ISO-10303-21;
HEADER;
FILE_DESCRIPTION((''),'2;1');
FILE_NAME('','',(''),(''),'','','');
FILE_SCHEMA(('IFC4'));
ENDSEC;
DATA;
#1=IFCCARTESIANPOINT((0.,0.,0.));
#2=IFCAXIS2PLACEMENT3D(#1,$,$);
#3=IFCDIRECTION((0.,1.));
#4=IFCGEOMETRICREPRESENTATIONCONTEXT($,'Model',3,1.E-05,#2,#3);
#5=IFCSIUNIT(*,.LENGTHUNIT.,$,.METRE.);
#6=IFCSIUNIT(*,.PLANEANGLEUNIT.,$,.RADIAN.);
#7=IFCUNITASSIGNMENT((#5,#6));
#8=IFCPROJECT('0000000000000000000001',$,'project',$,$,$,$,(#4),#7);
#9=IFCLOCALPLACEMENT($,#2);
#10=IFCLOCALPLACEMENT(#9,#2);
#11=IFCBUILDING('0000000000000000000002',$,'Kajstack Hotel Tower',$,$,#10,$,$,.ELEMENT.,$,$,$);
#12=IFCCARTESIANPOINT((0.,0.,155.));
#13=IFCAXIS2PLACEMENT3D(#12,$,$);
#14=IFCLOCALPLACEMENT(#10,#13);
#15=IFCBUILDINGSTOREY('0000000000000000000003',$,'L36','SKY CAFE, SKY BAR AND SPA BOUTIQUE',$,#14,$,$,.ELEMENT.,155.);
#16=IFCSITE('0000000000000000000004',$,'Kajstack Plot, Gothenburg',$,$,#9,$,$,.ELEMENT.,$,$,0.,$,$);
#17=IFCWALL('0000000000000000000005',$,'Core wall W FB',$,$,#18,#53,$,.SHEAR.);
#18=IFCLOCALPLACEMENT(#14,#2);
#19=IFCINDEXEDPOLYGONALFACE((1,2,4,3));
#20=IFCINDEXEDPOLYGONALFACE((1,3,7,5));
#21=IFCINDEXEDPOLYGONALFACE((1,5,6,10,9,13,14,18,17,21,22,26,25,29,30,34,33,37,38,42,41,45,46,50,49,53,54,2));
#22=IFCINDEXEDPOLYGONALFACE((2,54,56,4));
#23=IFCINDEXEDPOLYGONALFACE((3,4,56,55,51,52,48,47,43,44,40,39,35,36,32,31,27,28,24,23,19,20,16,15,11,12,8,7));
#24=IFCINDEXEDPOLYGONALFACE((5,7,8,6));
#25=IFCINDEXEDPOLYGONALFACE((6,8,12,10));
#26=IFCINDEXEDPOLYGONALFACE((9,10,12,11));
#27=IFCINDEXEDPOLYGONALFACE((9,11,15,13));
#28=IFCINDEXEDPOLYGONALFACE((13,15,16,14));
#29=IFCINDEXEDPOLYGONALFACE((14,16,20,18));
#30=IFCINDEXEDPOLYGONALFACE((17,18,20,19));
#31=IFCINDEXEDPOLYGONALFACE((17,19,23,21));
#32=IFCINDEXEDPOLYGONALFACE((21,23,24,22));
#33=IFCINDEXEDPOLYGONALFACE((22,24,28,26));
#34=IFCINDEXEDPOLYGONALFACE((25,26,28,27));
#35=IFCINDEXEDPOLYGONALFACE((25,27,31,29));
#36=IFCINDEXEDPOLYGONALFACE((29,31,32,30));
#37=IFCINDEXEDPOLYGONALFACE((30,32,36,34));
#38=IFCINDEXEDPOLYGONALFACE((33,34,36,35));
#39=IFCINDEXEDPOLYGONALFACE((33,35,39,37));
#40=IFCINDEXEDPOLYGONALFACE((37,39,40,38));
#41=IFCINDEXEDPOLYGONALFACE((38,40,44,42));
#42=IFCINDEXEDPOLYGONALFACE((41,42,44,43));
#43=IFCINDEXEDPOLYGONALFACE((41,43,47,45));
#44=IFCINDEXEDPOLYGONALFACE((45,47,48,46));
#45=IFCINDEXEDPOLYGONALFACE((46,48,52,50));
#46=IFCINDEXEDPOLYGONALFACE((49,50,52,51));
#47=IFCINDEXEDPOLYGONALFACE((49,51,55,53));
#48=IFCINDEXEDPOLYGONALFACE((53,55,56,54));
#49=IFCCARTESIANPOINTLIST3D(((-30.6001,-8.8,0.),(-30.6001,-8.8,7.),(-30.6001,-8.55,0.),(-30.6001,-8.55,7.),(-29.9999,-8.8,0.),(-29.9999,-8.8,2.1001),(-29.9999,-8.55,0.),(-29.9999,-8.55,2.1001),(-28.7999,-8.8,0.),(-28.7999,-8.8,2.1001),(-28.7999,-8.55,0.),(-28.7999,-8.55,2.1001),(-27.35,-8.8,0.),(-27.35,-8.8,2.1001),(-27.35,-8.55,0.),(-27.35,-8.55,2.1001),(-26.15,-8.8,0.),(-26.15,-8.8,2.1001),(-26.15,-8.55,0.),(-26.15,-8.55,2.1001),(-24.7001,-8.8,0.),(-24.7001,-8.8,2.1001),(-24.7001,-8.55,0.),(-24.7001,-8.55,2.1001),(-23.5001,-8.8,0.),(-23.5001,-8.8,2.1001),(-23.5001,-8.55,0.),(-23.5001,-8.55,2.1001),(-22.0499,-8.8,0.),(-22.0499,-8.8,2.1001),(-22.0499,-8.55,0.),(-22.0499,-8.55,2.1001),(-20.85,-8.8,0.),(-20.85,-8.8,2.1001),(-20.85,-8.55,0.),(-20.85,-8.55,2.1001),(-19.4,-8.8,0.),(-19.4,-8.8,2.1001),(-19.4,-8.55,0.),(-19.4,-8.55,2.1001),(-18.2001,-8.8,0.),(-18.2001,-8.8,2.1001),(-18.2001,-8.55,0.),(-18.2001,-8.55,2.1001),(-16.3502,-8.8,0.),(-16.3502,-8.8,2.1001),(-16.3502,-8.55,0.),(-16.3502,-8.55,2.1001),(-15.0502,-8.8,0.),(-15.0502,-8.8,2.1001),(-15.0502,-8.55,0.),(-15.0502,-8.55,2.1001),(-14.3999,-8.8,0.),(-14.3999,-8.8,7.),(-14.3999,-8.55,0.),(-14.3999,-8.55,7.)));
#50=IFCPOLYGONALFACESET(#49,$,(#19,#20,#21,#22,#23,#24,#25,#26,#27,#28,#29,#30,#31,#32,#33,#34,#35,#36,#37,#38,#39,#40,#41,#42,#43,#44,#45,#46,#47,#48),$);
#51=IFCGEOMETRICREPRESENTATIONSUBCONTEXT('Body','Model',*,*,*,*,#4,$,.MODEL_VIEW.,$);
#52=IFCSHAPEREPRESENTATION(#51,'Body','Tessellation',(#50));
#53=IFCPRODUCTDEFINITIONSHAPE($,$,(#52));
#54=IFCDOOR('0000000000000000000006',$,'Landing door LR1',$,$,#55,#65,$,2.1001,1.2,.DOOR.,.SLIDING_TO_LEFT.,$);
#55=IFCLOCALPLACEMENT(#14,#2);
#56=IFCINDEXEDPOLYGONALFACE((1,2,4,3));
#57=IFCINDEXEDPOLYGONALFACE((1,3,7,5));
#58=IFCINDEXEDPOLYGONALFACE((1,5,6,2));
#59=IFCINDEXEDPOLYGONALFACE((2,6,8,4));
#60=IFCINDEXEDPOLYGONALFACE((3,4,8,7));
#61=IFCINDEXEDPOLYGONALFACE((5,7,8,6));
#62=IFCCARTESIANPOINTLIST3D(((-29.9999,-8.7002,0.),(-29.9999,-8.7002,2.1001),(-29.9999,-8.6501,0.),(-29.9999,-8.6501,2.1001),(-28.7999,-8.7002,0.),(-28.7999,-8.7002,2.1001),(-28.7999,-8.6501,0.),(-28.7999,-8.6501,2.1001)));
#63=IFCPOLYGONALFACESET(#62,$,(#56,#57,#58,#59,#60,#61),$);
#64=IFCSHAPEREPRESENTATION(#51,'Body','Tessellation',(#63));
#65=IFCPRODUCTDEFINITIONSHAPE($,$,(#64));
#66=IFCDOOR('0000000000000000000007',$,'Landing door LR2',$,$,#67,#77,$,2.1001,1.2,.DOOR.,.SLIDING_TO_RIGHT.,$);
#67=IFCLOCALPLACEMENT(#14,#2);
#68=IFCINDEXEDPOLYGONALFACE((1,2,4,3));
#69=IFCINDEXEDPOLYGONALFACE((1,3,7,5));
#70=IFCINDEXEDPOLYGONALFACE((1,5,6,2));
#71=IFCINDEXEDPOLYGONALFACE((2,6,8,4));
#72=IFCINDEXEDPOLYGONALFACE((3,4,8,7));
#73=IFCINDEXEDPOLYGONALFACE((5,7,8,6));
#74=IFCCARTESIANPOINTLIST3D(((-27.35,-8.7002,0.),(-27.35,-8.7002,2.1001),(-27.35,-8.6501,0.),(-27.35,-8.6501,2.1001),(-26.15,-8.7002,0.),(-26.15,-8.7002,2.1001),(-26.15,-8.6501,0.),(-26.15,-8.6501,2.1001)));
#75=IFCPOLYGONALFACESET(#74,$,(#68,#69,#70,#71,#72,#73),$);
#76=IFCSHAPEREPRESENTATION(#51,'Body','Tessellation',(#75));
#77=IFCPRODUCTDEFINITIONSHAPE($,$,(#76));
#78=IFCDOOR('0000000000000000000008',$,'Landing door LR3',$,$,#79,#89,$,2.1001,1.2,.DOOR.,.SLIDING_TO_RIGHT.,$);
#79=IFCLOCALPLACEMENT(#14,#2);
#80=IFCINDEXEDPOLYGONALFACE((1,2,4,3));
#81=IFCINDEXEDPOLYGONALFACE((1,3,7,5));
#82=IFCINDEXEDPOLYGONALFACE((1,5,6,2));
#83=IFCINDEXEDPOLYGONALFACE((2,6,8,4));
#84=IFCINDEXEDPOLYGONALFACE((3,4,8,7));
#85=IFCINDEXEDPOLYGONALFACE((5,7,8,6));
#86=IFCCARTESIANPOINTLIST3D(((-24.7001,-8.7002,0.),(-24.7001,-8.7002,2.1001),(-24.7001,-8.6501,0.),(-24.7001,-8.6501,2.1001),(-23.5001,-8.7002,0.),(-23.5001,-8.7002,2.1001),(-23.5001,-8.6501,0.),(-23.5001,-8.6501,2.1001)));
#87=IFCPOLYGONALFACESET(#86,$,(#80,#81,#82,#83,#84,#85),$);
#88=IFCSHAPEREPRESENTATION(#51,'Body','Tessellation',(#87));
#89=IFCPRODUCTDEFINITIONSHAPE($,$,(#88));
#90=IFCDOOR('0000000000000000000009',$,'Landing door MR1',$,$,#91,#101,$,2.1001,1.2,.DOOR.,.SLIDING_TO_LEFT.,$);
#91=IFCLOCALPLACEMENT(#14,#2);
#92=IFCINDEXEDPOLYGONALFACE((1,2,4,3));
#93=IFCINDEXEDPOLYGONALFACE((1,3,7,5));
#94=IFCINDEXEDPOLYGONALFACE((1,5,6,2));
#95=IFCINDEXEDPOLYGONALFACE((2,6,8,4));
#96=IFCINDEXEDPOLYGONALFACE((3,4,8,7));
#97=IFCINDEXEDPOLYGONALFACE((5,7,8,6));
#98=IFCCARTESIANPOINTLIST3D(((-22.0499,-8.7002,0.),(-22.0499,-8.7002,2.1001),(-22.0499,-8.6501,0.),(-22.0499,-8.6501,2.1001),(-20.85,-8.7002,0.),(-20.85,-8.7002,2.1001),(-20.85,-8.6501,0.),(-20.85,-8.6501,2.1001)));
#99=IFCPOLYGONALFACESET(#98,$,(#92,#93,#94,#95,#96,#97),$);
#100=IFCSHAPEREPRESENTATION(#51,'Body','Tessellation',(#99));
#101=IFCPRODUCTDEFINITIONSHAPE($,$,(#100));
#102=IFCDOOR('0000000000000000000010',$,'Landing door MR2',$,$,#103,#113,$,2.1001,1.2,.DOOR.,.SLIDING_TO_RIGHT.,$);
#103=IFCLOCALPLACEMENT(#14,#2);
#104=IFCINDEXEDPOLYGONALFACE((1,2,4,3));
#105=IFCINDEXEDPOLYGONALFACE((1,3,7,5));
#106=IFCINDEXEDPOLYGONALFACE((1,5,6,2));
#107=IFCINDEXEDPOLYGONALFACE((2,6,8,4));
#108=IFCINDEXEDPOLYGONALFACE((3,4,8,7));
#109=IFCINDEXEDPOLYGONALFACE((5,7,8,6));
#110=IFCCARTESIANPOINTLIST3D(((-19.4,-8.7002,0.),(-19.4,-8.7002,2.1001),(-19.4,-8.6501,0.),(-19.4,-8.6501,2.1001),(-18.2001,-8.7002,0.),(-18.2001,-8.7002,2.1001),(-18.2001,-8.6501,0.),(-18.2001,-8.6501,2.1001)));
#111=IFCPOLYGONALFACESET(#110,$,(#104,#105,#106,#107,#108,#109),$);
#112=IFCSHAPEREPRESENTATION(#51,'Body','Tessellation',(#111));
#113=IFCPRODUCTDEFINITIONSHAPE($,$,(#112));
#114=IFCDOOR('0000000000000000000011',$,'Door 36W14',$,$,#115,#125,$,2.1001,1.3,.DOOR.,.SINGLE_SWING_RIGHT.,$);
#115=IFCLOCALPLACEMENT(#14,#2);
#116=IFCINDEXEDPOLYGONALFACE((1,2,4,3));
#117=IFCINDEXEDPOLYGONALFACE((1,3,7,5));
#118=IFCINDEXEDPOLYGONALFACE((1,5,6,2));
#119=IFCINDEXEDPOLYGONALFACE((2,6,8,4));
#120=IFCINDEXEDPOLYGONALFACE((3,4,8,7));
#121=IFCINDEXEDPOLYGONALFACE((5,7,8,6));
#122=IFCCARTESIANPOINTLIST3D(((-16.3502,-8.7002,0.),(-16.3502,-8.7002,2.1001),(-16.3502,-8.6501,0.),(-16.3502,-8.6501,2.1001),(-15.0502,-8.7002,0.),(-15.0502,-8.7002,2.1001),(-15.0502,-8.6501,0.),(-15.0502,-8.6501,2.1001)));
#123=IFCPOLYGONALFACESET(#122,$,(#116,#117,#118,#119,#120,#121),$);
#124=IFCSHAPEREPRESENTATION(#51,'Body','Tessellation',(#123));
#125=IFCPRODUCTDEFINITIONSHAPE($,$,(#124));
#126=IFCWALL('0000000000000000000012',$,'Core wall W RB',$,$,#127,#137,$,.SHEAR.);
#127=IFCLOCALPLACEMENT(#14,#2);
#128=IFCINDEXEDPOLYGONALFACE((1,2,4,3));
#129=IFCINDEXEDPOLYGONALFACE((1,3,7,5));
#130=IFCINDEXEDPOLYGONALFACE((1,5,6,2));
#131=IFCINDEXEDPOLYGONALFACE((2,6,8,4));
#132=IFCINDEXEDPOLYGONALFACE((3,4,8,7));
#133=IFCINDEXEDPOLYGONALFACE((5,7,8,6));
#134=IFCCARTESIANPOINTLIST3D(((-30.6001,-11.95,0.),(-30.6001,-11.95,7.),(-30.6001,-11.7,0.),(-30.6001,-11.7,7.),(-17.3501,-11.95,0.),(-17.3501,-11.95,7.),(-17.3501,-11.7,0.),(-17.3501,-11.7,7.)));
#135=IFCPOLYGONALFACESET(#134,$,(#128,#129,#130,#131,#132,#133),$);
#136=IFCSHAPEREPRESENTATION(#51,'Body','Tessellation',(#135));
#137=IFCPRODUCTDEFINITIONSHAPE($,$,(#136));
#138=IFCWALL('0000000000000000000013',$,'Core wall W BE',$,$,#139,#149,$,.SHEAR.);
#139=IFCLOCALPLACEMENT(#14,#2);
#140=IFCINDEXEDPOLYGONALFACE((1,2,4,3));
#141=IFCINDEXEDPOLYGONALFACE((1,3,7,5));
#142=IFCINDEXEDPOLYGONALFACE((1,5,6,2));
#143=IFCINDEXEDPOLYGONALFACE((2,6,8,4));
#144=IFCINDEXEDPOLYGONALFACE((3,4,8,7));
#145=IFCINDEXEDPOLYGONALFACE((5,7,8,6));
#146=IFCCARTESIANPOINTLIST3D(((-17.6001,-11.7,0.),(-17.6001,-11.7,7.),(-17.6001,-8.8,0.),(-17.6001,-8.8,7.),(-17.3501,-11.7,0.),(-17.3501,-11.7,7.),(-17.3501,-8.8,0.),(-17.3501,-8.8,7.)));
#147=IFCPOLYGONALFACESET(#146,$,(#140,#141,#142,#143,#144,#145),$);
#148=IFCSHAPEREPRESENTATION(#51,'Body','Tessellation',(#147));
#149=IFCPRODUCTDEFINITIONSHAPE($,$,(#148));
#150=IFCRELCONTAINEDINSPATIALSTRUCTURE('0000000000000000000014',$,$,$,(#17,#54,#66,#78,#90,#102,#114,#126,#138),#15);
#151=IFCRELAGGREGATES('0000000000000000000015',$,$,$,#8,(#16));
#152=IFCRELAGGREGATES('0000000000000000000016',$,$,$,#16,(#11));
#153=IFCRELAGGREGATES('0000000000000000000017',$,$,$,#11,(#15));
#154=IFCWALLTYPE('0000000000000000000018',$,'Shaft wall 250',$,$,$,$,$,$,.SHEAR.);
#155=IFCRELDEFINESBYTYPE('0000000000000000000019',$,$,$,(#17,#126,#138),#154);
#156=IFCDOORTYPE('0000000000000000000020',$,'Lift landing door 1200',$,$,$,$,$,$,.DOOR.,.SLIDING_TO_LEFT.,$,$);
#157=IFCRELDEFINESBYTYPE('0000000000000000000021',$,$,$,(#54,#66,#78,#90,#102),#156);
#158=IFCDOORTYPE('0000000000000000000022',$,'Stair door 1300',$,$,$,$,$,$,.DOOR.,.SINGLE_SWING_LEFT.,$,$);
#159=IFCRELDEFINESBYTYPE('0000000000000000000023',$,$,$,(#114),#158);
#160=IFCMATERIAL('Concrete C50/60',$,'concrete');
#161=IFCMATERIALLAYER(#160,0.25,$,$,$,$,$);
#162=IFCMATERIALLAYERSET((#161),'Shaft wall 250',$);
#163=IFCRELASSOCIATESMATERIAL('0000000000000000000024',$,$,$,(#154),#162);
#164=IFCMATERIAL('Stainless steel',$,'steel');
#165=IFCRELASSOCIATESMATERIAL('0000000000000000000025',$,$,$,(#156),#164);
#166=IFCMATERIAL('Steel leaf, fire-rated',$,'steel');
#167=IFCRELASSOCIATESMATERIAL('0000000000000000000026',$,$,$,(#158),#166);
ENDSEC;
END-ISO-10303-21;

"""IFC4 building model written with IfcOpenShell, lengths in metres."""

from ifc_helpers import new_model, si_unit, direction, frame, frame_2d, origin, place, context, subcontext, project, spatial, rectangle, extrude, material, layer, layer_set, type_object, element, fill, save


model = new_model("IFC4")

# Units and contexts
model_context = context("Model", 3, precision=1e-05, world=origin(), true_north=direction((0.0, 1.0)))
body_context = subcontext(model_context, "Body", "Model", "MODEL_VIEW")
ifc_project = project(units=[si_unit("LENGTHUNIT", "METRE"), si_unit("PLANEANGLEUNIT", "RADIAN")], contexts=[model_context])

# Site, building, storey
site_placement = place(None, origin())
site = spatial("IfcSite", under=ifc_project, at=site_placement, Name="Kajstack Plot, Gothenburg", CompositionType="ELEMENT", RefElevation=0.0)
building_placement = place(site_placement, origin())
building = spatial("IfcBuilding", under=site, at=building_placement, Name="Kajstack Hotel Tower", CompositionType="ELEMENT")
storey_placement = place(building_placement, frame((0.0, 0.0, 155.0)))
storey = spatial("IfcBuildingStorey", under=building, at=storey_placement, Name="L36", Description="SKY CAFE, SKY BAR AND SPA BOUTIQUE", CompositionType="ELEMENT", Elevation=155.0)

# Shared definitions
ifc_material_1 = material(Name="Concrete C50/60", Category="concrete")

# Shared definitions
ifc_layer_1 = layer(ifc_material_1, 0.25)
ifc_layer_set_1 = layer_set([ifc_layer_1], Name="Shaft wall 250")
wall_type_1 = type_object("IfcWallType", Name="Shaft wall 250", PredefinedType="SHEAR", material=ifc_layer_set_1)
ifc_material_2 = material(Name="Stainless steel", Category="steel")
door_type_1 = type_object("IfcDoorType", Name="Lift landing door 1200", OperationType="SLIDING_TO_LEFT", PredefinedType="DOOR", material=ifc_material_2)

# Wall, openings, doors
wall_1_placement = place(storey_placement, frame((-30.6001, -8.675, 0.0), z_axis=(0.0, 0.0, 1.0), x_axis=(1.0, 0.0, 0.0)))
wall_1 = element("IfcWall", 1, at=wall_1_placement, inside=storey, type_object=wall_type_1, Name="Core wall W FB", PredefinedType="SHEAR", context=body_context, shape_type="SweptSolid", body=[
    extrude(rectangle(XDim=16.2002, YDim=0.25, at=frame_2d((8.1001, 0.0))), origin(), (0.0, 0.0, 1.0), 7.0),
])
opening_1_placement = place(wall_1_placement, frame((0.6001, 0.0, 0.0)))
opening_1 = element("IfcOpeningElement", 2, at=opening_1_placement, cuts=wall_1, PredefinedType="OPENING", context=body_context, shape_type="SweptSolid", body=[
    extrude(rectangle(XDim=1.2, YDim=2.1001, at=frame_2d((0.6001, 1.05))), frame((0.0, 0.135, 0.0), z_axis=(0.0, -1.0, 0.0), x_axis=(1.0, 0.0, 0.0)), (0.0, 0.0, 1.0), 0.27),
])
opening_2_placement = place(wall_1_placement, frame((3.25, 0.0, 0.0)))
opening_2 = element("IfcOpeningElement", 3, at=opening_2_placement, cuts=wall_1, PredefinedType="OPENING", context=body_context, shape_type="SweptSolid", body=[
    extrude(rectangle(XDim=1.2, YDim=2.1001, at=frame_2d((0.6001, 1.05))), frame((0.0, 0.135, 0.0), z_axis=(0.0, -1.0, 0.0), x_axis=(1.0, 0.0, 0.0)), (0.0, 0.0, 1.0), 0.27),
])
opening_3_placement = place(wall_1_placement, frame((5.8999, 0.0, 0.0)))
opening_3 = element("IfcOpeningElement", 4, at=opening_3_placement, cuts=wall_1, PredefinedType="OPENING", context=body_context, shape_type="SweptSolid", body=[
    extrude(rectangle(XDim=1.2, YDim=2.1001, at=frame_2d((0.6001, 1.05))), frame((0.0, 0.135, 0.0), z_axis=(0.0, -1.0, 0.0), x_axis=(1.0, 0.0, 0.0)), (0.0, 0.0, 1.0), 0.27),
])
opening_4_placement = place(wall_1_placement, frame((8.55, 0.0, 0.0)))
opening_4 = element("IfcOpeningElement", 5, at=opening_4_placement, cuts=wall_1, PredefinedType="OPENING", context=body_context, shape_type="SweptSolid", body=[
    extrude(rectangle(XDim=1.2, YDim=2.1001, at=frame_2d((0.6001, 1.05))), frame((0.0, 0.135, 0.0), z_axis=(0.0, -1.0, 0.0), x_axis=(1.0, 0.0, 0.0)), (0.0, 0.0, 1.0), 0.27),
])
opening_5_placement = place(wall_1_placement, frame((11.2, 0.0, 0.0)))
opening_5 = element("IfcOpeningElement", 6, at=opening_5_placement, cuts=wall_1, PredefinedType="OPENING", context=body_context, shape_type="SweptSolid", body=[
    extrude(rectangle(XDim=1.2, YDim=2.1001, at=frame_2d((0.6001, 1.05))), frame((0.0, 0.135, 0.0), z_axis=(0.0, -1.0, 0.0), x_axis=(1.0, 0.0, 0.0)), (0.0, 0.0, 1.0), 0.27),
])
opening_6_placement = place(wall_1_placement, frame((14.25, 0.0, 0.0)))
opening_6 = element("IfcOpeningElement", 7, at=opening_6_placement, cuts=wall_1, PredefinedType="OPENING", context=body_context, shape_type="SweptSolid", body=[
    extrude(rectangle(XDim=1.3, YDim=2.1001, at=frame_2d((0.6499, 1.05))), frame((0.0, 0.135, 0.0), z_axis=(0.0, -1.0, 0.0), x_axis=(1.0, 0.0, 0.0)), (0.0, 0.0, 1.0), 0.27),
])
door_1_placement = place(opening_1_placement, origin())
door_1 = element("IfcDoor", 8, at=door_1_placement, inside=storey, type_object=door_type_1, Name="Landing door LR1", OperationType="SLIDING_TO_LEFT", OverallHeight=2.1001, OverallWidth=1.2, PredefinedType="DOOR", context=body_context, shape_type="SweptSolid", body=[
    extrude(rectangle(XDim=1.2, YDim=2.1001, at=frame_2d((0.6001, 1.05))), frame((0.0, 0.0249, 0.0), z_axis=(0.0, -1.0, 0.0), x_axis=(1.0, 0.0, 0.0)), (0.0, 0.0, 1.0), 0.05),
])
fill(opening_1, door_1)
door_2_placement = place(opening_2_placement, origin())
door_2 = element("IfcDoor", 9, at=door_2_placement, inside=storey, type_object=door_type_1, Name="Landing door LR2", OperationType="SLIDING_TO_RIGHT", OverallHeight=2.1001, OverallWidth=1.2, PredefinedType="DOOR", context=body_context, shape_type="SweptSolid", body=[
    extrude(rectangle(XDim=1.2, YDim=2.1001, at=frame_2d((0.6001, 1.05))), frame((0.0, 0.0249, 0.0), z_axis=(0.0, -1.0, 0.0), x_axis=(1.0, 0.0, 0.0)), (0.0, 0.0, 1.0), 0.05),
])
fill(opening_2, door_2)
door_3_placement = place(opening_3_placement, origin())
door_3 = element("IfcDoor", 10, at=door_3_placement, inside=storey, type_object=door_type_1, Name="Landing door LR3", OperationType="SLIDING_TO_RIGHT", OverallHeight=2.1001, OverallWidth=1.2, PredefinedType="DOOR", context=body_context, shape_type="SweptSolid", body=[
    extrude(rectangle(XDim=1.2, YDim=2.1001, at=frame_2d((0.6001, 1.05))), frame((0.0, 0.0249, 0.0), z_axis=(0.0, -1.0, 0.0), x_axis=(1.0, 0.0, 0.0)), (0.0, 0.0, 1.0), 0.05),
])
fill(opening_3, door_3)
door_4_placement = place(opening_4_placement, origin())
door_4 = element("IfcDoor", 11, at=door_4_placement, inside=storey, type_object=door_type_1, Name="Landing door MR1", OperationType="SLIDING_TO_LEFT", OverallHeight=2.1001, OverallWidth=1.2, PredefinedType="DOOR", context=body_context, shape_type="SweptSolid", body=[
    extrude(rectangle(XDim=1.2, YDim=2.1001, at=frame_2d((0.6001, 1.05))), frame((0.0, 0.0249, 0.0), z_axis=(0.0, -1.0, 0.0), x_axis=(1.0, 0.0, 0.0)), (0.0, 0.0, 1.0), 0.05),
])
fill(opening_4, door_4)
door_5_placement = place(opening_5_placement, origin())
door_5 = element("IfcDoor", 12, at=door_5_placement, inside=storey, type_object=door_type_1, Name="Landing door MR2", OperationType="SLIDING_TO_RIGHT", OverallHeight=2.1001, OverallWidth=1.2, PredefinedType="DOOR", context=body_context, shape_type="SweptSolid", body=[
    extrude(rectangle(XDim=1.2, YDim=2.1001, at=frame_2d((0.6001, 1.05))), frame((0.0, 0.0249, 0.0), z_axis=(0.0, -1.0, 0.0), x_axis=(1.0, 0.0, 0.0)), (0.0, 0.0, 1.0), 0.05),
])
fill(opening_5, door_5)
ifc_material_3 = material(Name="Steel leaf, fire-rated", Category="steel")
door_type_2 = type_object("IfcDoorType", Name="Stair door 1300", OperationType="SINGLE_SWING_LEFT", PredefinedType="DOOR", material=ifc_material_3)
door_6_placement = place(opening_6_placement, origin())
door_6 = element("IfcDoor", 13, at=door_6_placement, inside=storey, type_object=door_type_2, Name="Door 36W14", OperationType="SINGLE_SWING_RIGHT", OverallHeight=2.1001, OverallWidth=1.3, PredefinedType="DOOR", context=body_context, shape_type="SweptSolid", body=[
    extrude(rectangle(XDim=1.3, YDim=2.1001, at=frame_2d((0.6499, 1.05))), frame((0.0, 0.0249, 0.0), z_axis=(0.0, -1.0, 0.0), x_axis=(1.0, 0.0, 0.0)), (0.0, 0.0, 1.0), 0.05),
])
fill(opening_6, door_6)

# Walls
wall_2_placement = place(storey_placement, frame((-30.6001, -11.825, 0.0), z_axis=(0.0, 0.0, 1.0), x_axis=(1.0, 0.0, 0.0)))
element("IfcWall", 14, at=wall_2_placement, inside=storey, type_object=wall_type_1, Name="Core wall W RB", PredefinedType="SHEAR", context=body_context, shape_type="SweptSolid", body=[
    extrude(rectangle(XDim=13.25, YDim=0.25, at=frame_2d((6.625, 0.0))), origin(), (0.0, 0.0, 1.0), 7.0),
])
wall_3_placement = place(storey_placement, frame((-17.4751, -11.7, 0.0), z_axis=(0.0, 0.0, 1.0), x_axis=(0.0, 1.0, 0.0)))
element("IfcWall", 15, at=wall_3_placement, inside=storey, type_object=wall_type_1, Name="Core wall W BE", PredefinedType="SHEAR", context=body_context, shape_type="SweptSolid", body=[
    extrude(rectangle(XDim=2.8999, YDim=0.25, at=frame_2d((1.45, 0.0))), origin(), (0.0, 0.0, 1.0), 7.0),
])

save(model, "model.ifc")
